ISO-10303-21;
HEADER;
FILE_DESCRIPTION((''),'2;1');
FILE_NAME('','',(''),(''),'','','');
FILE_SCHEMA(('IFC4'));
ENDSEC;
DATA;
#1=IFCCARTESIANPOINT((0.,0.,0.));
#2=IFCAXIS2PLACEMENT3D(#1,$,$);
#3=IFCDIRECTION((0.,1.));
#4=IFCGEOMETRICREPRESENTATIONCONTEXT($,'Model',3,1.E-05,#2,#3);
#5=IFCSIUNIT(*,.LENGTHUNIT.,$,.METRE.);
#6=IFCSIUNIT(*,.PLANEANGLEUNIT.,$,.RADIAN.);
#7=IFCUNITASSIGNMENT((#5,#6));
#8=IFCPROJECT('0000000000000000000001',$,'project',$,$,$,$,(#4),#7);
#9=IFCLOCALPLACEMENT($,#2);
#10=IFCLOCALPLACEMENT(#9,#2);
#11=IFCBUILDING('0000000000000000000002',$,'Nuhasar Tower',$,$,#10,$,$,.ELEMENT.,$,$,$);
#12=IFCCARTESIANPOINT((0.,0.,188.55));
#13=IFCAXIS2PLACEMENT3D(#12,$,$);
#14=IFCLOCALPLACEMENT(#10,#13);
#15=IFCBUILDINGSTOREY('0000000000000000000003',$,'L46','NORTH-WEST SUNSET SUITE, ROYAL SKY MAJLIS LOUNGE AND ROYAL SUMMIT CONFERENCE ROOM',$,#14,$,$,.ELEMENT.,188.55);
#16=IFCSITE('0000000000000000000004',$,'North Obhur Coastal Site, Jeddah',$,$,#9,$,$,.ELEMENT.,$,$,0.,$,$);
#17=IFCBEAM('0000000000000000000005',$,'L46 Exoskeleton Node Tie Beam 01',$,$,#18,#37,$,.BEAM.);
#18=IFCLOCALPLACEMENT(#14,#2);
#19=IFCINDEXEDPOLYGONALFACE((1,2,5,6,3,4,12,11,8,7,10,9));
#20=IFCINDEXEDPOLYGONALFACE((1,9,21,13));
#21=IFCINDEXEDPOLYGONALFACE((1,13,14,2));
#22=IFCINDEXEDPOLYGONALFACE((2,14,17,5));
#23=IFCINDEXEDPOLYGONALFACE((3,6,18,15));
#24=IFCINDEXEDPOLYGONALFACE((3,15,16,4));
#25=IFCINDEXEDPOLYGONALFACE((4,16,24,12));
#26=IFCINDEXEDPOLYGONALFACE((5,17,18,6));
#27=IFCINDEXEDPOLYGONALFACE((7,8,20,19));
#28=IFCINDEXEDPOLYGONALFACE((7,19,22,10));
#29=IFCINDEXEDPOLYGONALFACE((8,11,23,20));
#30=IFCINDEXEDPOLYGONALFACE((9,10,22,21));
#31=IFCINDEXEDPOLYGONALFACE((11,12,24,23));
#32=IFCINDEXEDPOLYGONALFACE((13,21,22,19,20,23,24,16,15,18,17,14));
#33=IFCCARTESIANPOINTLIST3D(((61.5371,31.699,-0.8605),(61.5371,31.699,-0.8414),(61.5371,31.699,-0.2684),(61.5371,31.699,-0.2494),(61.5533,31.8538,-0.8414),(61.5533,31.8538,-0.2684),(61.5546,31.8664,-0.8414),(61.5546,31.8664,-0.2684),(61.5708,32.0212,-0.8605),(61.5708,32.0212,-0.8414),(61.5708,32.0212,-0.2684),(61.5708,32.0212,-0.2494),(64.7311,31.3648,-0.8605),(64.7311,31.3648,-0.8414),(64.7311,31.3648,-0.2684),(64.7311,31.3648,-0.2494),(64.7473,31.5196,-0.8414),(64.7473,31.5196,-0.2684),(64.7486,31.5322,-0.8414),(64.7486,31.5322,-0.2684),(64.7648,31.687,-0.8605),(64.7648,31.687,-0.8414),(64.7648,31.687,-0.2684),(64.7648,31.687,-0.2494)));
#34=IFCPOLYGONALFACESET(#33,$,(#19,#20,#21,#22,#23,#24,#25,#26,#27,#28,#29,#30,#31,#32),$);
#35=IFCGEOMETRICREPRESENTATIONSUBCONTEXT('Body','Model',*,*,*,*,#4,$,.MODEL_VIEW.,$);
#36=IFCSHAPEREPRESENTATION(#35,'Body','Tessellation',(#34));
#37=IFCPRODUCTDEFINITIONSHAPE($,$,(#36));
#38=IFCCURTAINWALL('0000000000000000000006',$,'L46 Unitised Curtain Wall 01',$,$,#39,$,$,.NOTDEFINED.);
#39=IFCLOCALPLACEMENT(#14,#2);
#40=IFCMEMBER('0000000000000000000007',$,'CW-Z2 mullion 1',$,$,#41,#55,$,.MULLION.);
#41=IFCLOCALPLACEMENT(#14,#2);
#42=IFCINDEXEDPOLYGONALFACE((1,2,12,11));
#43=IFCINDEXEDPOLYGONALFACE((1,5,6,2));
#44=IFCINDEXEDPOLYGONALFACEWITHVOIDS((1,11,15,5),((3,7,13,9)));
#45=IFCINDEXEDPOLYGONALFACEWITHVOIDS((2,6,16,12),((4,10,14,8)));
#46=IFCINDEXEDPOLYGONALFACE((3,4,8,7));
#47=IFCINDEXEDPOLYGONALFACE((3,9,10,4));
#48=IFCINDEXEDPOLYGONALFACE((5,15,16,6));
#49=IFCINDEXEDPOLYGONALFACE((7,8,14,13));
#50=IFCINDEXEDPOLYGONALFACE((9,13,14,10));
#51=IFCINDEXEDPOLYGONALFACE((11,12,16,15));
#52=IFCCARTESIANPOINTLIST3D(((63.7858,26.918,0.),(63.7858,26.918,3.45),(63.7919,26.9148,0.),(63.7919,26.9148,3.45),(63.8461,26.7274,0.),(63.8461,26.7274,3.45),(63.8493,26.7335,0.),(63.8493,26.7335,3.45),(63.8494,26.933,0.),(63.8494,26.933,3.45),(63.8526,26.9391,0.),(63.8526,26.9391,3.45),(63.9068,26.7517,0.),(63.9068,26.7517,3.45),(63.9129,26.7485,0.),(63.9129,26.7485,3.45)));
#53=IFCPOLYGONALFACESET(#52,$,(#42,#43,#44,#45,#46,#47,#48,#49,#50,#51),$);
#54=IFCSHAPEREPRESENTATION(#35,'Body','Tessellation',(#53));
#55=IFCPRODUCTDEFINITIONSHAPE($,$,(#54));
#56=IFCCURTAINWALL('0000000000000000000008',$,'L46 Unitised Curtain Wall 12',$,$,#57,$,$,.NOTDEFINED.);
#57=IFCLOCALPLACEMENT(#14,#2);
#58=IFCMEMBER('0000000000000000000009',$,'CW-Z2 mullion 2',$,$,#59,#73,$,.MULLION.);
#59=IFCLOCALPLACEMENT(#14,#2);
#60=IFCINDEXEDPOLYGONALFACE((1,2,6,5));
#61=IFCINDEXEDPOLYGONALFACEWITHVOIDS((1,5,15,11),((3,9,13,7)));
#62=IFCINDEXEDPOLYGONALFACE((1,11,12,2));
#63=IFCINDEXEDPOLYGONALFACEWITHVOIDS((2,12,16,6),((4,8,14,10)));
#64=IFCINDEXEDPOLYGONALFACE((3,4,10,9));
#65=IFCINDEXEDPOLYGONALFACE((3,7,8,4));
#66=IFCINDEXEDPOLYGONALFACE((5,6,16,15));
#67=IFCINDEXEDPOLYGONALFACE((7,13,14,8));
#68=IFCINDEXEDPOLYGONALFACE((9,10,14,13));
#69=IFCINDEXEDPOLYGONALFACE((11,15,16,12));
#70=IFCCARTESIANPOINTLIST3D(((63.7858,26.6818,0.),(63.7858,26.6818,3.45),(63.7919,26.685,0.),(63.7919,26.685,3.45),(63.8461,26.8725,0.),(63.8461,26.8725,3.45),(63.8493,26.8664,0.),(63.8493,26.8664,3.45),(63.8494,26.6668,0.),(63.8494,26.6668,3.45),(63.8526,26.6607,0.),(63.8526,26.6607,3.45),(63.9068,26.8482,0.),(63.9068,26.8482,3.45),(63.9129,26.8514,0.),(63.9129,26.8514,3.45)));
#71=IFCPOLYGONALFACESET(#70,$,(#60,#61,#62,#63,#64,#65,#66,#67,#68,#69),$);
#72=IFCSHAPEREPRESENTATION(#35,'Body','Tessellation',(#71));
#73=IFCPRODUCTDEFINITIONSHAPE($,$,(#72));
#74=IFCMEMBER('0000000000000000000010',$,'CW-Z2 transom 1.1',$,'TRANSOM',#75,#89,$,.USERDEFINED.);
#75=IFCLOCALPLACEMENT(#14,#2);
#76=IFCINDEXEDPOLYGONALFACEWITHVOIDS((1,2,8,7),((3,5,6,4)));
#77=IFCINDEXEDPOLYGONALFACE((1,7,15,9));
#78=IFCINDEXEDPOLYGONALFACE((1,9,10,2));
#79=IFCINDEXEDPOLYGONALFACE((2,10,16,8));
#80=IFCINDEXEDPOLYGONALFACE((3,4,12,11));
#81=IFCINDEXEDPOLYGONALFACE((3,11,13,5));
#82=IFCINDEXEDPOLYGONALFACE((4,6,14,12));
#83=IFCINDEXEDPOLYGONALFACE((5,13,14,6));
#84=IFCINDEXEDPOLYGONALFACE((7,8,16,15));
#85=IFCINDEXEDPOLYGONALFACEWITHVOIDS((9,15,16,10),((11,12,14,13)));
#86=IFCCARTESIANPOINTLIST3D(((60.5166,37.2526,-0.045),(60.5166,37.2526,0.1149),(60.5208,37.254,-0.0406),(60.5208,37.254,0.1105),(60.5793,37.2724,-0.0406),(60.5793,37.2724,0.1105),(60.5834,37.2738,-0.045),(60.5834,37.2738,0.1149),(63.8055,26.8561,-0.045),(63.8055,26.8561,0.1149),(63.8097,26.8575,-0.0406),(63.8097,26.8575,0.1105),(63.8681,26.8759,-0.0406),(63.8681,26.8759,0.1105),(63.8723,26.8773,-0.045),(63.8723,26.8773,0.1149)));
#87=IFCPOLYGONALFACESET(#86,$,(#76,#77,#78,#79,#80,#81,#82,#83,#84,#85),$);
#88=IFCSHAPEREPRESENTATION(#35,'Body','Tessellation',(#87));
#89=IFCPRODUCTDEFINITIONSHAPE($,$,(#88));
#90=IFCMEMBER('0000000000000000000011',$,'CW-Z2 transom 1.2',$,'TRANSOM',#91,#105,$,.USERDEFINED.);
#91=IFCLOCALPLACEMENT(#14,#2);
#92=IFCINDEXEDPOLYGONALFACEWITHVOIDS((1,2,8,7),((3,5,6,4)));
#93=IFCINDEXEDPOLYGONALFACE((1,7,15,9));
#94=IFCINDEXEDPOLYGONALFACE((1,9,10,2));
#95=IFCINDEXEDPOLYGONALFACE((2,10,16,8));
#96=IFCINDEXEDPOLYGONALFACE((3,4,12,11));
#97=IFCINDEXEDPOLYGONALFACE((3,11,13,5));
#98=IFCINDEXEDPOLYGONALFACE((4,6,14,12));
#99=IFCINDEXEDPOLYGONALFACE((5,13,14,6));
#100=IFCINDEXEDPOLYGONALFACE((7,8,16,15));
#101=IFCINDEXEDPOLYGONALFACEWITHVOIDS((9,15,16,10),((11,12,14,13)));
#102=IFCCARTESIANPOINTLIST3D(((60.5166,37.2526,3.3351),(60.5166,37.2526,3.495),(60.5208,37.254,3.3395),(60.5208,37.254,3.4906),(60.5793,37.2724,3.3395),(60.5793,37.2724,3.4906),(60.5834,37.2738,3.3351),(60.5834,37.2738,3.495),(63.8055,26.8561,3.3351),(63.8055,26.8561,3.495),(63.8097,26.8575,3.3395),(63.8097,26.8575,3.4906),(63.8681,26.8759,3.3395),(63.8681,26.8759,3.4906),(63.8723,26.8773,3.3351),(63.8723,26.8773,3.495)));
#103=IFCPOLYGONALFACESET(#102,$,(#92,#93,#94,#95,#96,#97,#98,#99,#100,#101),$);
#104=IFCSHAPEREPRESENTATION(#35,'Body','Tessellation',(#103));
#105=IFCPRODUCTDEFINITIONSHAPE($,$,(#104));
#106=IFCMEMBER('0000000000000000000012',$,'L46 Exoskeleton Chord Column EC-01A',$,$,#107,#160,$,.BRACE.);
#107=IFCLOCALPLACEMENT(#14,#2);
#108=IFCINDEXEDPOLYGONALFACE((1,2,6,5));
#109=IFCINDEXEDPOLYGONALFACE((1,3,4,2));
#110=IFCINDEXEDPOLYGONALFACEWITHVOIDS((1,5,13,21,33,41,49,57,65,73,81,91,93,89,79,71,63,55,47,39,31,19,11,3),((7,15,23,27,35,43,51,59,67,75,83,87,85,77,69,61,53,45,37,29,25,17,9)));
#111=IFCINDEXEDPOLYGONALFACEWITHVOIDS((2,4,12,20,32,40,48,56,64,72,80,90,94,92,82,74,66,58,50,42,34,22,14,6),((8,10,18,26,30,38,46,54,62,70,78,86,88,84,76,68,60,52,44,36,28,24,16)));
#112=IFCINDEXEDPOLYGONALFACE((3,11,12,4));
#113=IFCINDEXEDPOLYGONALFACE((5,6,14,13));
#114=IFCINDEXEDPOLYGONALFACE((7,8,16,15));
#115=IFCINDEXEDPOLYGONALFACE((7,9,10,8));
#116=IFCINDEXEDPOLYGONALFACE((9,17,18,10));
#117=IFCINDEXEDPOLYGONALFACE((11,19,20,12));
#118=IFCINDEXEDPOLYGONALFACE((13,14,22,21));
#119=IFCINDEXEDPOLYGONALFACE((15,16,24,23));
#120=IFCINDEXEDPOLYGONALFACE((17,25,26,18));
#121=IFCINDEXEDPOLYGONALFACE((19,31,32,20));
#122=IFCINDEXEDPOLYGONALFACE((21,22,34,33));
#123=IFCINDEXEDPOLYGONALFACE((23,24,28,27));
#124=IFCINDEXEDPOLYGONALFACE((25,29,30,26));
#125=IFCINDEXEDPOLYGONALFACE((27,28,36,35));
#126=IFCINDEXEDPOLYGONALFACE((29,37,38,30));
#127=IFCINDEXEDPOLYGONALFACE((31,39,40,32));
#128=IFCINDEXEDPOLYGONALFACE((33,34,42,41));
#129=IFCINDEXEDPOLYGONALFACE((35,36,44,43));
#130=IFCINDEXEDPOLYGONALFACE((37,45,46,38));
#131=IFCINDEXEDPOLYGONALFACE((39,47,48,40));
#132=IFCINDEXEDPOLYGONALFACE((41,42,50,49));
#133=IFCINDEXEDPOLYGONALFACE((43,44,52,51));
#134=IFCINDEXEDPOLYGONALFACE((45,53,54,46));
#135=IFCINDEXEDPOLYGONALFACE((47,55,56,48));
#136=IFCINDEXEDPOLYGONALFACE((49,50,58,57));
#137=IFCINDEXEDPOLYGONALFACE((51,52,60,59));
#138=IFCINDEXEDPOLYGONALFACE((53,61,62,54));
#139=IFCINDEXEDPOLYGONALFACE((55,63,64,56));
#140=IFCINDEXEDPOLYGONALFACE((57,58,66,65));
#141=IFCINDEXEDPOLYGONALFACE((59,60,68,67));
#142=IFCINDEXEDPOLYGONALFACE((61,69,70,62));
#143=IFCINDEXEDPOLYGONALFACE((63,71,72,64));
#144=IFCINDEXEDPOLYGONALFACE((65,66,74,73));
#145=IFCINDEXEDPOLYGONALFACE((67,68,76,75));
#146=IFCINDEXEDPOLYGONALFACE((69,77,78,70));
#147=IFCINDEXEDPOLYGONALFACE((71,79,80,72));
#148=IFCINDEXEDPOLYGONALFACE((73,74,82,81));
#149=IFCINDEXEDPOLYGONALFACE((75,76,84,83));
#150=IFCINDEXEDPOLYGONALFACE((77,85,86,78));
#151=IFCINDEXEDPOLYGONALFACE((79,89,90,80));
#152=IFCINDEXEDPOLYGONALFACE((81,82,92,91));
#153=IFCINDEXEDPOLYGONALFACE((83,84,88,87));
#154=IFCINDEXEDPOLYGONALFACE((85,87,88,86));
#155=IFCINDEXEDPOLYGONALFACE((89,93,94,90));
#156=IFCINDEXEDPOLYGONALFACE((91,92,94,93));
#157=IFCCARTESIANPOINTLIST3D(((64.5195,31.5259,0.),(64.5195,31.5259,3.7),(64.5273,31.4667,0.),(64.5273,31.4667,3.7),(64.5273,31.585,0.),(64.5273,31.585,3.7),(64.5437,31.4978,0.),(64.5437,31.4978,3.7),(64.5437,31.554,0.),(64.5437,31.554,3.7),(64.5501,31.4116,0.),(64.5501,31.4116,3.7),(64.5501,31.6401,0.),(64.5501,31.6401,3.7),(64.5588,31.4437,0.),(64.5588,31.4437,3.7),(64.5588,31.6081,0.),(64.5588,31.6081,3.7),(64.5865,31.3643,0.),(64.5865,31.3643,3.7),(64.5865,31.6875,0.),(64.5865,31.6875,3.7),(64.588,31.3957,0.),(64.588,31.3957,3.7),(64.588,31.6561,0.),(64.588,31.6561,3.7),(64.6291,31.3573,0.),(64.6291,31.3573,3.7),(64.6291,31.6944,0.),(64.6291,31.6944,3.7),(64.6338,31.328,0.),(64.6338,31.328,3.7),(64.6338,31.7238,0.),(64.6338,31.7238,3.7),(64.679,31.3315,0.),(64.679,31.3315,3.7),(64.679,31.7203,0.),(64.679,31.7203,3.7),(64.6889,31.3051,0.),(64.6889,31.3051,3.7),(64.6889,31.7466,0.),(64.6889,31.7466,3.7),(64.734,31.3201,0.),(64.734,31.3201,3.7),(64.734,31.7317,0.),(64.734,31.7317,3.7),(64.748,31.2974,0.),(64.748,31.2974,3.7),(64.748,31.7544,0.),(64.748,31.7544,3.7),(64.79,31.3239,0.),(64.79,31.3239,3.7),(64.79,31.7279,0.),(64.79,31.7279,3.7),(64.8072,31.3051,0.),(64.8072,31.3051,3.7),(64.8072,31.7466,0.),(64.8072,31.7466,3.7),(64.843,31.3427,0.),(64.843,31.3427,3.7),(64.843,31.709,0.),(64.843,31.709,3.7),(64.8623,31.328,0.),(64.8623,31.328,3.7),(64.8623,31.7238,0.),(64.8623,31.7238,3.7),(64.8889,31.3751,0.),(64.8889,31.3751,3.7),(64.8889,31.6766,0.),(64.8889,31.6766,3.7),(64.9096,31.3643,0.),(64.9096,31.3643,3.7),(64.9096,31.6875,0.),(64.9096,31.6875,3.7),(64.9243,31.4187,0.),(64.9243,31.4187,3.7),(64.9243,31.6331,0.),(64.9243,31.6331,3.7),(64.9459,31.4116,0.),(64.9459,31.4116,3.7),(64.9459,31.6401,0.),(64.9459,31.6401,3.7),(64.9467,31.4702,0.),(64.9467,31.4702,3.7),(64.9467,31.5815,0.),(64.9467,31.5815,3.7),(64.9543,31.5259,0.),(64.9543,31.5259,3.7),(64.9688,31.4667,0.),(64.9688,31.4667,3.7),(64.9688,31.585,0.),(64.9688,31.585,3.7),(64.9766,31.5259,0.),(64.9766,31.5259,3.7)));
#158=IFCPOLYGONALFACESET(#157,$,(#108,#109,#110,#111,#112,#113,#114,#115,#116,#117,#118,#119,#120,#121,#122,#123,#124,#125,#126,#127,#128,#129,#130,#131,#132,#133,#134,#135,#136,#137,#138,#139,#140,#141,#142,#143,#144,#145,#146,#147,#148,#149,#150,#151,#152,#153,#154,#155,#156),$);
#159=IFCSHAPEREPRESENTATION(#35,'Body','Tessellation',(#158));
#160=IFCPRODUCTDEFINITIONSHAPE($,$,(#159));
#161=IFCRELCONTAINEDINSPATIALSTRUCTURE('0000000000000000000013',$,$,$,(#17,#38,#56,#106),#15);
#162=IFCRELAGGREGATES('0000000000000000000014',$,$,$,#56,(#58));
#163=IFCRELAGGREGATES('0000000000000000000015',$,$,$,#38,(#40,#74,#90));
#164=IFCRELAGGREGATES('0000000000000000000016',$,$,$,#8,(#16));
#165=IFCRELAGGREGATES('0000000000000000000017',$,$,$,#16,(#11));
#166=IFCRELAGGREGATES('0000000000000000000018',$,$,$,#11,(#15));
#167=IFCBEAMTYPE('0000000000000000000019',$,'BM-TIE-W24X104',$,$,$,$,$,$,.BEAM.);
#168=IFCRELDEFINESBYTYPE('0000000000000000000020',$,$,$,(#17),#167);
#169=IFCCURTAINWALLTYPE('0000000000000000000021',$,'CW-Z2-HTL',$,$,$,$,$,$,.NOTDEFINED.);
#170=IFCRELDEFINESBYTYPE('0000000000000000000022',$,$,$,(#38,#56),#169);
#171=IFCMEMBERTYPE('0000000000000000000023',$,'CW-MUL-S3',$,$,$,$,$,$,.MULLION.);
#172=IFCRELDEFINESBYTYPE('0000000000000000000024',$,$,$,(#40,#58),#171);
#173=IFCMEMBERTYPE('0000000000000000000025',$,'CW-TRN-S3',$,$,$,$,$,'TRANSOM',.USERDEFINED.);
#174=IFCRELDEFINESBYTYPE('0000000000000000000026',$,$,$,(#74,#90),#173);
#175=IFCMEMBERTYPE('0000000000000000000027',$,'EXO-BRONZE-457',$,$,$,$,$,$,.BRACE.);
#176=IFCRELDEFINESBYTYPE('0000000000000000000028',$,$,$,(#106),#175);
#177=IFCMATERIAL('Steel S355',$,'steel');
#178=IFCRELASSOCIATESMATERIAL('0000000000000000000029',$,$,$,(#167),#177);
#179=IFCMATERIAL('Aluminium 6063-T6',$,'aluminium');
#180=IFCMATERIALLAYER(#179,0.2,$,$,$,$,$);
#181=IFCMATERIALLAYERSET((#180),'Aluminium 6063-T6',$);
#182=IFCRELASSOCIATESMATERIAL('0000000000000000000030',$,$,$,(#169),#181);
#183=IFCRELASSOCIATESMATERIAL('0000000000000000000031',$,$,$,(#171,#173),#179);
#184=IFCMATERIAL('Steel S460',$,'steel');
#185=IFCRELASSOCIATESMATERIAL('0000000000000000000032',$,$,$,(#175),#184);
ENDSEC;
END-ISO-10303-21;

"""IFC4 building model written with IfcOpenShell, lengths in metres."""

from ifc_helpers import new_model, si_unit, direction, frame, origin, origin_2d, place, context, subcontext, project, spatial, hollow_rectangle, hollow_circle, i_section, extrude, material, layer, layer_set, material_profile, profile_set, type_object, element, aggregate, save


model = new_model("IFC4")

# Units and contexts
model_context = context("Model", 3, precision=1e-05, world=origin(), true_north=direction((0.0, 1.0)))
body_context = subcontext(model_context, "Body", "Model", "MODEL_VIEW")
ifc_project = project(units=[si_unit("LENGTHUNIT", "METRE"), si_unit("PLANEANGLEUNIT", "RADIAN")], contexts=[model_context])

# Site, building, storey
site_placement = place(None, origin())
site = spatial("IfcSite", under=ifc_project, at=site_placement, Name="North Obhur Coastal Site, Jeddah", CompositionType="ELEMENT", RefElevation=0.0)
building_placement = place(site_placement, origin())
building = spatial("IfcBuilding", under=site, at=building_placement, Name="Nuhasar Tower", CompositionType="ELEMENT")
storey_placement = place(building_placement, frame((0.0, 0.0, 188.55)))
storey = spatial("IfcBuildingStorey", under=building, at=storey_placement, Name="L46", Description="NORTH-WEST SUNSET SUITE, ROYAL SKY MAJLIS LOUNGE AND ROYAL SUMMIT CONFERENCE ROOM", CompositionType="ELEMENT", Elevation=188.55)

# Beam
ifc_material_1 = material(Name="Steel S355", Category="steel")
ifc_material_profile_1 = material_profile(ifc_material_1, i_section(OverallWidth=0.324, OverallDepth=0.6111, WebThickness=0.0127, FlangeThickness=0.019, at=origin_2d()), Name="W24X104")
ifc_profile_set_1 = profile_set([ifc_material_profile_1], Name="Steel S355")
beam_type_1 = type_object("IfcBeamType", Name="BM-TIE-W24X104", PredefinedType="BEAM", material=ifc_profile_set_1)
beam_1_placement = place(storey_placement, frame((61.554, 31.8601, -0.5549), z_axis=(0.99457, -0.104071, 0.0), x_axis=(0.104071, 0.99457, 0.0)))
element("IfcBeam", 1, at=beam_1_placement, inside=storey, type_object=beam_type_1, Name="L46 Exoskeleton Node Tie Beam 01", PredefinedType="BEAM", context=body_context, shape_type="SweptSolid", body=[
    extrude(i_section(OverallWidth=0.324, OverallDepth=0.6111, WebThickness=0.0127, FlangeThickness=0.019, at=origin_2d()), origin(), (0.0, 0.0, 1.0), 3.2114),
])

# Curtain walls, members
ifc_material_2 = material(Name="Aluminium 6063-T6", Category="aluminium")
ifc_layer_1 = layer(ifc_material_2, 0.2)
ifc_layer_set_1 = layer_set([ifc_layer_1], Name="Aluminium 6063-T6")
curtain_wall_type = type_object("IfcCurtainWallType", Name="CW-Z2-HTL", PredefinedType="NOTDEFINED", material=ifc_layer_set_1)
curtain_wall_1_placement = place(storey_placement, origin())
curtain_wall_1 = element("IfcCurtainWall", 2, at=curtain_wall_1_placement, inside=storey, type_object=curtain_wall_type, Name="L46 Unitised Curtain Wall 01", PredefinedType="NOTDEFINED")
ifc_material_profile_2 = material_profile(ifc_material_2, hollow_rectangle(XDim=0.0701, YDim=0.2, WallThickness=0.0049, at=origin_2d()), Name="CWM-3")
ifc_profile_set_2 = profile_set([ifc_material_profile_2], Name="Aluminium 6063-T6")
member_type_1 = type_object("IfcMemberType", Name="CW-MUL-S3", PredefinedType="MULLION", material=ifc_profile_set_2)
member_1_placement = place(storey_placement, frame((63.8494, 26.8333, 0.0), z_axis=(0.0, 0.0, 1.0), x_axis=(-0.953433, -0.301604, 0.0)))
member_1 = element("IfcMember", 3, at=member_1_placement, type_object=member_type_1, Name="CW-Z2 mullion 1", PredefinedType="MULLION", context=body_context, shape_type="SweptSolid", body=[
    extrude(hollow_rectangle(XDim=0.0701, YDim=0.2, WallThickness=0.0049, at=origin_2d()), origin(), (0.0, 0.0, 1.0), 3.45),
])
curtain_wall_2_placement = place(storey_placement, origin())
curtain_wall_2 = element("IfcCurtainWall", 4, at=curtain_wall_2_placement, inside=storey, type_object=curtain_wall_type, Name="L46 Unitised Curtain Wall 12", PredefinedType="NOTDEFINED")
member_2_placement = place(storey_placement, frame((63.8494, 26.7666, 0.0), z_axis=(0.0, 0.0, 1.0), x_axis=(-0.953433, 0.301604, 0.0)))
member_2 = element("IfcMember", 5, at=member_2_placement, type_object=member_type_1, Name="CW-Z2 mullion 2", PredefinedType="MULLION", context=body_context, shape_type="SweptSolid", body=[
    extrude(hollow_rectangle(XDim=0.0701, YDim=0.2, WallThickness=0.0049, at=origin_2d()), origin(), (0.0, 0.0, 1.0), 3.45),
])
aggregate(curtain_wall_2, [member_2])

# Members
ifc_material_profile_3 = material_profile(ifc_material_2, hollow_rectangle(XDim=0.0701, YDim=0.1599, WallThickness=0.0044, at=origin_2d()), Name="CWT-3")
ifc_profile_set_3 = profile_set([ifc_material_profile_3], Name="Aluminium 6063-T6")
member_type_2 = type_object("IfcMemberType", Name="CW-TRN-S3", ElementType="TRANSOM", PredefinedType="USERDEFINED", material=ifc_profile_set_3)
member_3_placement = place(storey_placement, frame((63.8389, 26.8667, 0.0349), z_axis=(-0.301608, 0.953432, 0.0), x_axis=(-0.953432, -0.301608, 0.0)))
member_3 = element("IfcMember", 6, at=member_3_placement, type_object=member_type_2, Name="CW-Z2 transom 1.1", ObjectType="TRANSOM", PredefinedType="USERDEFINED", context=body_context, shape_type="SweptSolid", body=[
    extrude(hollow_rectangle(XDim=0.0701, YDim=0.1599, WallThickness=0.0044, at=origin_2d()), origin(), (0.0, 0.0, 1.0), 10.9043),
])
member_4_placement = place(storey_placement, frame((63.8389, 26.8667, 3.415), z_axis=(-0.301608, 0.953432, 0.0), x_axis=(-0.953432, -0.301608, 0.0)))
member_4 = element("IfcMember", 7, at=member_4_placement, type_object=member_type_2, Name="CW-Z2 transom 1.2", ObjectType="TRANSOM", PredefinedType="USERDEFINED", context=body_context, shape_type="SweptSolid", body=[
    extrude(hollow_rectangle(XDim=0.0701, YDim=0.1599, WallThickness=0.0044, at=origin_2d()), origin(), (0.0, 0.0, 1.0), 10.9043),
])

# Member
ifc_material_3 = material(Name="Steel S460", Category="steel")
ifc_material_profile_4 = material_profile(ifc_material_3, hollow_circle(Radius=0.2285, WallThickness=0.0222, at=origin_2d()), Name="HSS457X22.2")
ifc_profile_set_4 = profile_set([ifc_material_profile_4], Name="Steel S460")
member_type_3 = type_object("IfcMemberType", Name="EXO-BRONZE-457", PredefinedType="BRACE", material=ifc_profile_set_4)
for number, where, z_axis, x_axis, name in (
    (8, (64.748, 31.5259, 0.0), (0.0, 0.0, 1.0), (1.0, 0.0, 0.0), "L46 Exoskeleton Chord Column EC-01A"),
):
    element("IfcMember", number, at=place(storey_placement, frame(where, z_axis=z_axis, x_axis=x_axis)), inside=storey, type_object=member_type_3, Name=name, PredefinedType="BRACE", context=body_context, shape_type="SweptSolid", body=[
        extrude(hollow_circle(Radius=0.2285, WallThickness=0.0222, at=origin_2d()), origin(), (0.0, 0.0, 1.0), 3.7),
    ])

aggregate(curtain_wall_1, [member_1, member_3, member_4])

save(model, "model.ifc")
